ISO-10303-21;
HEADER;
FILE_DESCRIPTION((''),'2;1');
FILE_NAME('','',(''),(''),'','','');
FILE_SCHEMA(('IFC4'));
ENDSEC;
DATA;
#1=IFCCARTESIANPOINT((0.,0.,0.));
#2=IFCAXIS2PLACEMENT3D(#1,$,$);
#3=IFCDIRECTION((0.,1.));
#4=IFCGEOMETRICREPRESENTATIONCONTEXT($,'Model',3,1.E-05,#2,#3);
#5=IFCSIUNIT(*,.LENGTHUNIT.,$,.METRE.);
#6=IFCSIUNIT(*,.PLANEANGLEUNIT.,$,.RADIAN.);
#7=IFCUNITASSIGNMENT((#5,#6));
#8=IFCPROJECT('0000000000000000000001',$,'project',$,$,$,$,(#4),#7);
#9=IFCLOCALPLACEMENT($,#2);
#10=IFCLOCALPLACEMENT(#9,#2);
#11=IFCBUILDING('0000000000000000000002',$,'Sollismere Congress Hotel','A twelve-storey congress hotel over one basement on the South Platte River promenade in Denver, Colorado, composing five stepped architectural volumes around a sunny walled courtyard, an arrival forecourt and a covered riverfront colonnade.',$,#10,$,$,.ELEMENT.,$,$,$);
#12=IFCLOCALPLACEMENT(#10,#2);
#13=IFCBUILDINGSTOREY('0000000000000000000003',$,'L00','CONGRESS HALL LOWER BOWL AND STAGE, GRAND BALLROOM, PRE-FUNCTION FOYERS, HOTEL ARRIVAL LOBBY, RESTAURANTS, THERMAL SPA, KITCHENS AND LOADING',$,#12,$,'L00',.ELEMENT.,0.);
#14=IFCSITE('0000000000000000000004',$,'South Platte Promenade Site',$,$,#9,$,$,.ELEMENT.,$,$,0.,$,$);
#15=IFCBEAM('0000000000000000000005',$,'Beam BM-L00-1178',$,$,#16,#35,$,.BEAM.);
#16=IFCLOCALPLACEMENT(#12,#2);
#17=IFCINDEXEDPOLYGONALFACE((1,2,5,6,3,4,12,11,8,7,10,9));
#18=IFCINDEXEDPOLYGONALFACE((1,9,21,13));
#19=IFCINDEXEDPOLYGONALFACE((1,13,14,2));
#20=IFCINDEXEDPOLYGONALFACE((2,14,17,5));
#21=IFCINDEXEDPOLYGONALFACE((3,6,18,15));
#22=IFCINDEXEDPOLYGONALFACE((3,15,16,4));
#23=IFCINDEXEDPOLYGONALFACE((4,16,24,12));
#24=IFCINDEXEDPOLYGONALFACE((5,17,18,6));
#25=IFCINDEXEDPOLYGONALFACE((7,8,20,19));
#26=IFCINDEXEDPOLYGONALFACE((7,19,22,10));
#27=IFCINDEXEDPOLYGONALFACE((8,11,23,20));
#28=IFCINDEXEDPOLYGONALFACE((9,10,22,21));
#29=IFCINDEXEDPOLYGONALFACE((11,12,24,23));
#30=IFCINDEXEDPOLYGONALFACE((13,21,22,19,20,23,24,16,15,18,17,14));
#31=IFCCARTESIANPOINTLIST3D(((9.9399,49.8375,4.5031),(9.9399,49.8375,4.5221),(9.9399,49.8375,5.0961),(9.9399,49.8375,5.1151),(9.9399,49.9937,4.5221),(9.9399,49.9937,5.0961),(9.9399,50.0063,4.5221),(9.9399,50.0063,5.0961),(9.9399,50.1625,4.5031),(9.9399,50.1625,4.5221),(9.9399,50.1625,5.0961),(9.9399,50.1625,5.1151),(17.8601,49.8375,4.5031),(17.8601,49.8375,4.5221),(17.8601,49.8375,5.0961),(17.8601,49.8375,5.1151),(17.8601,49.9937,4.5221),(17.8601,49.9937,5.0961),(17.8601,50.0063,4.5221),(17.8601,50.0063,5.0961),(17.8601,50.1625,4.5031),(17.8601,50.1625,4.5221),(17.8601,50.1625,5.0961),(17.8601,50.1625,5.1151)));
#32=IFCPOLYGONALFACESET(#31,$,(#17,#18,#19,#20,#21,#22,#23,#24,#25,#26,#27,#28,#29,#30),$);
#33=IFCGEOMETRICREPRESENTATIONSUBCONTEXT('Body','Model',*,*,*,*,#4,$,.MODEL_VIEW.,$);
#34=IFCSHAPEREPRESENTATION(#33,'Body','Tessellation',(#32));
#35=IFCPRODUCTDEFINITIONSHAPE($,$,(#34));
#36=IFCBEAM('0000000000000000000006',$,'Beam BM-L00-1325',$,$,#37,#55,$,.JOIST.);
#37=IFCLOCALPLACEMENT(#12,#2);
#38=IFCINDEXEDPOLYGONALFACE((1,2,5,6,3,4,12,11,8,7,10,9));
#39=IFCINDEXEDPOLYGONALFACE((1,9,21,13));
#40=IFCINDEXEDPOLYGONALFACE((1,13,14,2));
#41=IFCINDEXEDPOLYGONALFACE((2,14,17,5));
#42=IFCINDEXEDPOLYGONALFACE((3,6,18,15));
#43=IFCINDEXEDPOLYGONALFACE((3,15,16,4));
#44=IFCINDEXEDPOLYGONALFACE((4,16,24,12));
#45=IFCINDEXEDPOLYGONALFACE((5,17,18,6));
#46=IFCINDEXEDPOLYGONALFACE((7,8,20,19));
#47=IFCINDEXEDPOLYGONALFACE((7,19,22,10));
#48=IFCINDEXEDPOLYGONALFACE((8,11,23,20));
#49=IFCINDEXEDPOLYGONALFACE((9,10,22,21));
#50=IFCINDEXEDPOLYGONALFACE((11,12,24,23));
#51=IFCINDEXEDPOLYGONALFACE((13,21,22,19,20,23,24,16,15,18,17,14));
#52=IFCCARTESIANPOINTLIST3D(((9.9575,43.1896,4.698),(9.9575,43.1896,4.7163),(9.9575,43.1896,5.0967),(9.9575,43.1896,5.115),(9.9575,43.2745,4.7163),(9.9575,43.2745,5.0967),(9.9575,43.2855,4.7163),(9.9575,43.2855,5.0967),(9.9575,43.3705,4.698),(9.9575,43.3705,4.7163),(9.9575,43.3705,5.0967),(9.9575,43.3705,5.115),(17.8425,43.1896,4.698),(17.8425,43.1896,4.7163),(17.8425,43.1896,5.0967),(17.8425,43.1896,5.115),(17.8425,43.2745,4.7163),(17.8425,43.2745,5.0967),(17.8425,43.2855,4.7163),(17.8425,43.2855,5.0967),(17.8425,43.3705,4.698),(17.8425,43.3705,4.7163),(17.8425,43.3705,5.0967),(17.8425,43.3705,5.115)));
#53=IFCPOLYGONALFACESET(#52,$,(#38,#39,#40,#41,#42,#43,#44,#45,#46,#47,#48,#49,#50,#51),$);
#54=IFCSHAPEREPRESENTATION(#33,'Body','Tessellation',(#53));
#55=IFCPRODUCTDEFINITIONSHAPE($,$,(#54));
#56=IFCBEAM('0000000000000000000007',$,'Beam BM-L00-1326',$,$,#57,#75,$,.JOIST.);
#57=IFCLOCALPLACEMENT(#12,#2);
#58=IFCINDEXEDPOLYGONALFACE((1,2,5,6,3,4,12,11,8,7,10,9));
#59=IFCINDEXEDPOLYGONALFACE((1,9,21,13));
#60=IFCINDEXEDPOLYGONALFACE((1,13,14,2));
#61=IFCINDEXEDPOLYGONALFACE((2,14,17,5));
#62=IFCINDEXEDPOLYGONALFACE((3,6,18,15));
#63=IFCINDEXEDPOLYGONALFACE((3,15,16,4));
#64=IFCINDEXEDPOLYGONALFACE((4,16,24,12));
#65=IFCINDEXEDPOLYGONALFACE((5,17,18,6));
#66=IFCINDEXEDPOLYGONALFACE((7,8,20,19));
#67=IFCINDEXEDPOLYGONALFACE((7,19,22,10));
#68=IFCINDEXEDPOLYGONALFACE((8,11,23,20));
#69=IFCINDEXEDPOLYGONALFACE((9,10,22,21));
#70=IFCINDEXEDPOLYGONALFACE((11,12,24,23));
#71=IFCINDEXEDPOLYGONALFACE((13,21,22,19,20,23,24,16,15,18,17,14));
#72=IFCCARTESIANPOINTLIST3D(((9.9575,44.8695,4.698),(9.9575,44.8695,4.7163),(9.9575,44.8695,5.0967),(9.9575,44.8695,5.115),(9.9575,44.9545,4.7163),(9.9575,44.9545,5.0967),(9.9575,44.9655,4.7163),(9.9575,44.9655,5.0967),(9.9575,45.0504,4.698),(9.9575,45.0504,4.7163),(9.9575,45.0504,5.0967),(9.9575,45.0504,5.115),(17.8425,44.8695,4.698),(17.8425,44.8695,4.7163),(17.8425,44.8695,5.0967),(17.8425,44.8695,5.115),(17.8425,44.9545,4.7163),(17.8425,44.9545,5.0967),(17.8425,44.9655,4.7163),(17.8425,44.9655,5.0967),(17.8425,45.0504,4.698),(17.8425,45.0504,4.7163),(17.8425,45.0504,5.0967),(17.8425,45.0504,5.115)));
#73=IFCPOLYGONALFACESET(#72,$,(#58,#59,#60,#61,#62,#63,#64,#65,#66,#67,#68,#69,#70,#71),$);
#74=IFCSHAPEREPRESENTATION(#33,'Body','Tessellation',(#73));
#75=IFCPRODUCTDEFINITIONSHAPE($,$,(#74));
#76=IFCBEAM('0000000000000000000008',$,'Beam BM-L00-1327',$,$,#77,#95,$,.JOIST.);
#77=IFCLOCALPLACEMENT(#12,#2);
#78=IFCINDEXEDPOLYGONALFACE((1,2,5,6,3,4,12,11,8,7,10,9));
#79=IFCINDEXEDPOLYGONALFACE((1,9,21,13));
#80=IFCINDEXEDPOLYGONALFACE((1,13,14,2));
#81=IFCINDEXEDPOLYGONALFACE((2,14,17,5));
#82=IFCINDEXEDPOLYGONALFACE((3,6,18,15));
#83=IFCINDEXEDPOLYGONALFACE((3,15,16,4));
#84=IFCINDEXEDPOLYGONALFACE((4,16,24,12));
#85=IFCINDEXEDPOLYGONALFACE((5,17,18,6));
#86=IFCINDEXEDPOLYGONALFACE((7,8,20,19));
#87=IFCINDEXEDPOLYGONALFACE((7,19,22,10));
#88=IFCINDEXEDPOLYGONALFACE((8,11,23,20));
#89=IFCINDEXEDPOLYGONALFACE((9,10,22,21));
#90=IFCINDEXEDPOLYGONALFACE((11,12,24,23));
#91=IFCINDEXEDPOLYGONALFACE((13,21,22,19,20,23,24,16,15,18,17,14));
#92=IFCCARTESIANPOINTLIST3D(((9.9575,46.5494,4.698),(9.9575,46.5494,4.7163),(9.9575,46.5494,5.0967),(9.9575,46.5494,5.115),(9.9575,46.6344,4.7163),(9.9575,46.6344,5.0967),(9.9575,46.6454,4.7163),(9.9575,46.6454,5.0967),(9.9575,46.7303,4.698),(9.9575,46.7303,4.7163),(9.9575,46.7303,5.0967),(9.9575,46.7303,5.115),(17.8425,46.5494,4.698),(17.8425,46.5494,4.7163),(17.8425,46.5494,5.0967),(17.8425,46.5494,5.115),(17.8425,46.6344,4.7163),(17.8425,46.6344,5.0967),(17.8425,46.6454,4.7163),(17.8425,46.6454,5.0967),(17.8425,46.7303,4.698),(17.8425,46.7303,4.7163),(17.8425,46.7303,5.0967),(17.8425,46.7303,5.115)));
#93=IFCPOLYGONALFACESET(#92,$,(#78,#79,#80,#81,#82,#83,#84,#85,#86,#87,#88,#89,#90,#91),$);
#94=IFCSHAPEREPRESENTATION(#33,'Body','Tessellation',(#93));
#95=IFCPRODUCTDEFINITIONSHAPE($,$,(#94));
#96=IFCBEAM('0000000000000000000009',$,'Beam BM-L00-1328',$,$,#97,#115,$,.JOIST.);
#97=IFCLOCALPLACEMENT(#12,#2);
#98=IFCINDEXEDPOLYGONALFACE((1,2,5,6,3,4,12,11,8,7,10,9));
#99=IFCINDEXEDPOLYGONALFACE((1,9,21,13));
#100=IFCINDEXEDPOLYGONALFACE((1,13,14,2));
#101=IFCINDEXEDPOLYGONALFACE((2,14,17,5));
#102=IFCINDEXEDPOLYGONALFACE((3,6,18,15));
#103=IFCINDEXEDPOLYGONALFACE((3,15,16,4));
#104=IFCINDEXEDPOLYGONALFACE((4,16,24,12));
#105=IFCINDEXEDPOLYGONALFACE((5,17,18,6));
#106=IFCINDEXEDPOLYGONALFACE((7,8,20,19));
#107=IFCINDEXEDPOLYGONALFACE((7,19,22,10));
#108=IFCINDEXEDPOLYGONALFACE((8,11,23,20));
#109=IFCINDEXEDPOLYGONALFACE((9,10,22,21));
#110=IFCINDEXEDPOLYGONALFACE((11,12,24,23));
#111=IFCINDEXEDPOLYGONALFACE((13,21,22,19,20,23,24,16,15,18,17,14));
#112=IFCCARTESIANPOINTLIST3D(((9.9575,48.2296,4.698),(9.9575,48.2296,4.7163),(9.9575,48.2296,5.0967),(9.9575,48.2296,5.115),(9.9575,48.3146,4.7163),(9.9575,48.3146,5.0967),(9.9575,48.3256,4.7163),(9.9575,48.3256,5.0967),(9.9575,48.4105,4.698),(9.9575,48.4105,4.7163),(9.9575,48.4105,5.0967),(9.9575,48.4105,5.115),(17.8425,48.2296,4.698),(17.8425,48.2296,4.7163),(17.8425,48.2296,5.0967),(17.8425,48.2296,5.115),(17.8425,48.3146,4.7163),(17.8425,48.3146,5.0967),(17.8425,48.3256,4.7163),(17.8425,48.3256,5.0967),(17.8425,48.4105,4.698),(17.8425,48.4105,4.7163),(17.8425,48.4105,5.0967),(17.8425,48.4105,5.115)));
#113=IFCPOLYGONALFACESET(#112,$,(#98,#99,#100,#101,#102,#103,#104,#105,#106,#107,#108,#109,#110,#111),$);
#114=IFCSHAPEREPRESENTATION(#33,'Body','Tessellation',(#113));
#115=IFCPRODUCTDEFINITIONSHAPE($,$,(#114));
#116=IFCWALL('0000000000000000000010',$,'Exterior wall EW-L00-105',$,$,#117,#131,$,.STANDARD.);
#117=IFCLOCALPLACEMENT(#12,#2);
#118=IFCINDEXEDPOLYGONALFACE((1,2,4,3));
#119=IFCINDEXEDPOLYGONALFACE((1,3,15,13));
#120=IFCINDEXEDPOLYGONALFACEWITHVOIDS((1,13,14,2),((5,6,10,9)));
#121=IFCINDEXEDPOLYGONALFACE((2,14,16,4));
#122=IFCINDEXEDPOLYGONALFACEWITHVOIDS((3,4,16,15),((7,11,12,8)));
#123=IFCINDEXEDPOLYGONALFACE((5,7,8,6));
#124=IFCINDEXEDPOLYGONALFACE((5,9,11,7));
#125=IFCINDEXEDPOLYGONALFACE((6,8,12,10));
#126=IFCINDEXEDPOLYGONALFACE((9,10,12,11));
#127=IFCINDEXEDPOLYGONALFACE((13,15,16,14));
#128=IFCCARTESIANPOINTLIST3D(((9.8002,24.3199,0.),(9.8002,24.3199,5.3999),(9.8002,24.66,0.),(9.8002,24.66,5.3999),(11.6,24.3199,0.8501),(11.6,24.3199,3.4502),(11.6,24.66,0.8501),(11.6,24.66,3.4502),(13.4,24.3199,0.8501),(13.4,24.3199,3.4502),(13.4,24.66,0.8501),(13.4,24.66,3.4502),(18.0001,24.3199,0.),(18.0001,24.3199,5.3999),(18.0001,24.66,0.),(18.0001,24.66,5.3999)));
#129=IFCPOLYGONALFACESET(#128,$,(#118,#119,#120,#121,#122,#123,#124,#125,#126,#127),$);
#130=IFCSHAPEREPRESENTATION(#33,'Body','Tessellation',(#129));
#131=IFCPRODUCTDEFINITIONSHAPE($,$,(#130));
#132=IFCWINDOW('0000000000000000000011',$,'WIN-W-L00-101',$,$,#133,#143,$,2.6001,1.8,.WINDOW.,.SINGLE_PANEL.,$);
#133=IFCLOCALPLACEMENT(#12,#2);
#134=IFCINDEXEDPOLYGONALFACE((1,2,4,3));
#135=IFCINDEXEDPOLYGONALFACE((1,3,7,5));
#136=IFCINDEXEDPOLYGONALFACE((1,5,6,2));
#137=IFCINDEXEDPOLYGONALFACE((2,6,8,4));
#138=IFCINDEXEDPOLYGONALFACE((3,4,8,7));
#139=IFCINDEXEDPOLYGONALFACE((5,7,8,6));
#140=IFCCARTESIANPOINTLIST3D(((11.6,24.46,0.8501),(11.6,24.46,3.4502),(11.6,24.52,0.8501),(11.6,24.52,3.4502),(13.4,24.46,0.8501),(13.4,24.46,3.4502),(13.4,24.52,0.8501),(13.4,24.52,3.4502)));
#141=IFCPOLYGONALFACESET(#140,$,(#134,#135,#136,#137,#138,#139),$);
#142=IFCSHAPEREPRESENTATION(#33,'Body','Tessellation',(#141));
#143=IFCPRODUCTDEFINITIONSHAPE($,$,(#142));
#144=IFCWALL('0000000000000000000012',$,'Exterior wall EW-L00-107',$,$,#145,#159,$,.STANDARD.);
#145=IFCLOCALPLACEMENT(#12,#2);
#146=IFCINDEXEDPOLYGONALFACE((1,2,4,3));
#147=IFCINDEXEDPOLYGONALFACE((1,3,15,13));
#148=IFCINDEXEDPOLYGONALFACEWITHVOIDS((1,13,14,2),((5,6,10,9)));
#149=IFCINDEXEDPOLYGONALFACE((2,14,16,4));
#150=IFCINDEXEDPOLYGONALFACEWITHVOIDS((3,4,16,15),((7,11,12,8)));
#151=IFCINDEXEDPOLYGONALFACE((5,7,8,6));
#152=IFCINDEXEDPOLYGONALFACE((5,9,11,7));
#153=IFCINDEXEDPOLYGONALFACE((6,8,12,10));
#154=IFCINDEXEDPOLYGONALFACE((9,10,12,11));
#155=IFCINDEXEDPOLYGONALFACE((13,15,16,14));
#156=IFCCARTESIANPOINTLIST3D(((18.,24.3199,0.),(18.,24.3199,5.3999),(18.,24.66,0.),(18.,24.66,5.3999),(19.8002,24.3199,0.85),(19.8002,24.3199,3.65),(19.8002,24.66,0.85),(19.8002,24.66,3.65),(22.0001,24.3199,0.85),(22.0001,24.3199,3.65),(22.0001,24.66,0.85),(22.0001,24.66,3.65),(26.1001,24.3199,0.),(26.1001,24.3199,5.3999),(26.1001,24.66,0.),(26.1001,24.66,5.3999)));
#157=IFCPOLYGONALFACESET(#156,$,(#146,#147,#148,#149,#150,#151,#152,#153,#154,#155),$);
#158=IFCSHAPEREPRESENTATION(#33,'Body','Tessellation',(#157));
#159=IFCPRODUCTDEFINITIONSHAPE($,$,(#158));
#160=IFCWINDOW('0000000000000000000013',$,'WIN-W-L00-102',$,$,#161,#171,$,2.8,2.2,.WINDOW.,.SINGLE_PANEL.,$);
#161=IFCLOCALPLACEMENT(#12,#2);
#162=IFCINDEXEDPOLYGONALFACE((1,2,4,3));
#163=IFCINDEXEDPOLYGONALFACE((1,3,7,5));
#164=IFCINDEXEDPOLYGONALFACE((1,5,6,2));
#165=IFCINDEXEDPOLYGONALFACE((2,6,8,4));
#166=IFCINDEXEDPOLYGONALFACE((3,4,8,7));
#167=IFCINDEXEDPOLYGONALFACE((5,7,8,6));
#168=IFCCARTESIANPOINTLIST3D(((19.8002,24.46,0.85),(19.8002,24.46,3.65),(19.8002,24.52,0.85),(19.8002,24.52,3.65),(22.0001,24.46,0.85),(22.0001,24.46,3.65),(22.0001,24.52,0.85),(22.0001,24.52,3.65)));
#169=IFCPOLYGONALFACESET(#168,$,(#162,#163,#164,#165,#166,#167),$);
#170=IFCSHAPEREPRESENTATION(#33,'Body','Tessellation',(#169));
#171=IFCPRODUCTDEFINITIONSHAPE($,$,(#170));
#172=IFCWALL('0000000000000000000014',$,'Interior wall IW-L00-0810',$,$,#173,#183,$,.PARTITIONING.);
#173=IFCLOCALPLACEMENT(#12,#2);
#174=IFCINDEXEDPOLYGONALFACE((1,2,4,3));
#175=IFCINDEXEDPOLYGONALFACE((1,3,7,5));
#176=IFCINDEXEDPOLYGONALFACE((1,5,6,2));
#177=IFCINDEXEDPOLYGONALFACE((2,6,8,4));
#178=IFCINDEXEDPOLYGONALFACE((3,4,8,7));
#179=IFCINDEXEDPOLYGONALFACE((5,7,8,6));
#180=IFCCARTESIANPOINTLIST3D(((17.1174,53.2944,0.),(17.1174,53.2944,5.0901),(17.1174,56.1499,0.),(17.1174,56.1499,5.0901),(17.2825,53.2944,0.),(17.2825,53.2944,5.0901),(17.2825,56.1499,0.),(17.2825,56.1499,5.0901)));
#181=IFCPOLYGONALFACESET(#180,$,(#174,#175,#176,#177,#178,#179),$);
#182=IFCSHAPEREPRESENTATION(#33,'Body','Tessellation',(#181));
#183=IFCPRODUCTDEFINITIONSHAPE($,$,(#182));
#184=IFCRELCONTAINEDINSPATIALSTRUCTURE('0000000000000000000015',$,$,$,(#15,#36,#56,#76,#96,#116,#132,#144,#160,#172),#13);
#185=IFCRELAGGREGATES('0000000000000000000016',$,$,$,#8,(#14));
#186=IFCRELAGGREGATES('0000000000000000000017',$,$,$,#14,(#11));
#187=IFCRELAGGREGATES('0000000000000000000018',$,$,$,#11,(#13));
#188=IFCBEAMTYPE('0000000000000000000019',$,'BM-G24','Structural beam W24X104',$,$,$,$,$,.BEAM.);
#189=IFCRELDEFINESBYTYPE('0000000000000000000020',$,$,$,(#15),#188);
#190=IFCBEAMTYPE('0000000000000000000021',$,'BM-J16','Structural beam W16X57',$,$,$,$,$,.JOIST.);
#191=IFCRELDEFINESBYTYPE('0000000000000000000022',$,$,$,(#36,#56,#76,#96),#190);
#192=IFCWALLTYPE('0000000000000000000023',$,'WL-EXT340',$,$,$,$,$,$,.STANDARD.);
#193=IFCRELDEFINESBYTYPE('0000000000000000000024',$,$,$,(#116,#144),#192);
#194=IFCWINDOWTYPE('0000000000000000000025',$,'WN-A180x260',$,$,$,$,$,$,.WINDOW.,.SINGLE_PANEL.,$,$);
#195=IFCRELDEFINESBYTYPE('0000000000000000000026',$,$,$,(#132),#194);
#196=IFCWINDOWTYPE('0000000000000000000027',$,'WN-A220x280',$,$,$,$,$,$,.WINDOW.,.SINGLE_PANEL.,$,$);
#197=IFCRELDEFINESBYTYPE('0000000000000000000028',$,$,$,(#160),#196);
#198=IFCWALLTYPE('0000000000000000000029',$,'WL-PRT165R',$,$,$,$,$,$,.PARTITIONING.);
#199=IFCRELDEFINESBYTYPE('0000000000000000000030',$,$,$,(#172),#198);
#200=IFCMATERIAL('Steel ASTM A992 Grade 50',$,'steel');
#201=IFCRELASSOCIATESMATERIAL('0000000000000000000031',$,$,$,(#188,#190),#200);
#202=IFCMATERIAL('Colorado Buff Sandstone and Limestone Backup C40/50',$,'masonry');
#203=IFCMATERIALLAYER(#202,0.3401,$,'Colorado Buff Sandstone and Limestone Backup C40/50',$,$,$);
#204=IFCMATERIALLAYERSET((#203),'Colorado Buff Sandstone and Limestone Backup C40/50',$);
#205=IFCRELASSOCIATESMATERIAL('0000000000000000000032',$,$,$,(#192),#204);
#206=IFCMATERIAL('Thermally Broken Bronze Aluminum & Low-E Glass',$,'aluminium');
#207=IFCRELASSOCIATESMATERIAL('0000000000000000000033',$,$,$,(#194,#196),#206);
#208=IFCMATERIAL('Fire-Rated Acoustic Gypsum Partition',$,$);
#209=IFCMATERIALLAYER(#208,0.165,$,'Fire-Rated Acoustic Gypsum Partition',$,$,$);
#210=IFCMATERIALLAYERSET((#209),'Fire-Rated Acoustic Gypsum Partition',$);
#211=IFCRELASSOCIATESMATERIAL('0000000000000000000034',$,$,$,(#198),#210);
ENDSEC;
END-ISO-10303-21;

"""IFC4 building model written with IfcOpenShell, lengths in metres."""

from ifc_helpers import new_model, si_unit, direction, frame, frame_2d, origin, origin_2d, place, context, subcontext, project, spatial, rectangle, i_section, extrude, material, layer, layer_set, material_profile, profile_set, type_object, element, fill, save


model = new_model("IFC4")

# Units and contexts
model_context = context("Model", 3, precision=1e-05, world=origin(), true_north=direction((0.0, 1.0)))
body_context = subcontext(model_context, "Body", "Model", "MODEL_VIEW")
ifc_project = project(units=[si_unit("LENGTHUNIT", "METRE"), si_unit("PLANEANGLEUNIT", "RADIAN")], contexts=[model_context])

# Site, building, storey
site_placement = place(None, origin())
site = spatial("IfcSite", under=ifc_project, at=site_placement, Name="South Platte Promenade Site", CompositionType="ELEMENT", RefElevation=0.0)
building_placement = place(site_placement, origin())
building = spatial("IfcBuilding", under=site, at=building_placement, Name="Sollismere Congress Hotel", Description="A twelve-storey congress hotel over one basement on the South Platte River promenade in Denver, Colorado, composing five stepped architectural volumes around a sunny walled courtyard, an arrival forecourt and a covered riverfront colonnade.", CompositionType="ELEMENT")
storey_placement = place(building_placement, origin())
storey = spatial("IfcBuildingStorey", under=building, at=storey_placement, Name="L00", Description="CONGRESS HALL LOWER BOWL AND STAGE, GRAND BALLROOM, PRE-FUNCTION FOYERS, HOTEL ARRIVAL LOBBY, RESTAURANTS, THERMAL SPA, KITCHENS AND LOADING", LongName="L00", CompositionType="ELEMENT", Elevation=0.0)

# Shared definitions
ifc_material_1 = material(Name="Steel ASTM A992 Grade 50", Category="steel")

# Beams
ifc_material_profile_1 = material_profile(ifc_material_1, i_section(OverallWidth=0.325, OverallDepth=0.6121, WebThickness=0.0127, FlangeThickness=0.019, at=origin_2d()), Name="W24X104")
ifc_profile_set_1 = profile_set([ifc_material_profile_1], Name="Steel ASTM A992 Grade 50")
beam_type_1 = type_object("IfcBeamType", Name="BM-G24", Description="Structural beam W24X104", PredefinedType="BEAM", material=ifc_profile_set_1)
for number, where, z_axis, x_axis, name in (
    (1, (9.9399, 50.0, 4.8091), (1.0, 0.0, 0.0), (0.0, 1.0, 0.0), "Beam BM-L00-1178"),
):
    element("IfcBeam", number, at=place(storey_placement, frame(where, z_axis=z_axis, x_axis=x_axis)), inside=storey, type_object=beam_type_1, Name=name, PredefinedType="BEAM", context=body_context, shape_type="SweptSolid", body=[
        extrude(i_section(OverallWidth=0.325, OverallDepth=0.6121, WebThickness=0.0127, FlangeThickness=0.019, at=origin_2d()), origin(), (0.0, 0.0, 1.0), 7.9202),
    ])
ifc_material_profile_2 = material_profile(ifc_material_1, i_section(OverallWidth=0.1809, OverallDepth=0.417, WebThickness=0.011, FlangeThickness=0.0183, at=origin_2d()), Name="W16X57")
ifc_profile_set_2 = profile_set([ifc_material_profile_2], Name="Steel ASTM A992 Grade 50")
beam_type_2 = type_object("IfcBeamType", Name="BM-J16", Description="Structural beam W16X57", PredefinedType="JOIST", material=ifc_profile_set_2)
for number, where, z_axis, x_axis, name in (
    (2, (9.9575, 43.28, 4.9065), (1.0, 0.0, 0.0), (0.0, 1.0, 0.0), "Beam BM-L00-1325"),
    (3, (9.9575, 44.96, 4.9065), (1.0, 0.0, 0.0), (0.0, 1.0, 0.0), "Beam BM-L00-1326"),
    (4, (9.9575, 46.6399, 4.9065), (1.0, 0.0, 0.0), (0.0, 1.0, 0.0), "Beam BM-L00-1327"),
    (5, (9.9575, 48.3201, 4.9065), (1.0, 0.0, 0.0), (0.0, 1.0, 0.0), "Beam BM-L00-1328"),
):
    element("IfcBeam", number, at=place(storey_placement, frame(where, z_axis=z_axis, x_axis=x_axis)), inside=storey, type_object=beam_type_2, Name=name, PredefinedType="JOIST", context=body_context, shape_type="SweptSolid", body=[
        extrude(i_section(OverallWidth=0.1809, OverallDepth=0.417, WebThickness=0.011, FlangeThickness=0.0183, at=origin_2d()), origin(), (0.0, 0.0, 1.0), 7.885),
    ])

# Walls, openings, windows
ifc_material_2 = material(Name="Colorado Buff Sandstone and Limestone Backup C40/50", Category="masonry")
ifc_layer_1 = layer(ifc_material_2, 0.3401, Name="Colorado Buff Sandstone and Limestone Backup C40/50")
ifc_layer_set_1 = layer_set([ifc_layer_1], Name="Colorado Buff Sandstone and Limestone Backup C40/50")
wall_type_1 = type_object("IfcWallType", Name="WL-EXT340", PredefinedType="STANDARD", material=ifc_layer_set_1)
wall_1_placement = place(storey_placement, frame((9.8, 24.49, 0.0), z_axis=(0.0, 0.0, 1.0), x_axis=(1.0, 0.0, 0.0)))
wall_1 = element("IfcWall", 6, at=wall_1_placement, inside=storey, type_object=wall_type_1, Name="Exterior wall EW-L00-105", PredefinedType="STANDARD", context=body_context, shape_type="SweptSolid", body=[
    extrude(rectangle(XDim=8.2, YDim=0.3401, at=frame_2d((4.1001, 0.0))), origin(), (0.0, 0.0, 1.0), 5.3999),
])
opening_1_placement = place(wall_1_placement, frame((1.8, 0.0, 0.8501)))
opening_1 = element("IfcOpeningElement", 7, at=opening_1_placement, cuts=wall_1, PredefinedType="OPENING", context=body_context, shape_type="SweptSolid", body=[
    extrude(rectangle(XDim=1.8, YDim=2.6001, at=frame_2d((0.8999, 1.3))), frame((0.0, 0.1799, 0.0), z_axis=(0.0, -1.0, 0.0), x_axis=(1.0, 0.0, 0.0)), (0.0, 0.0, 1.0), 0.3601),
])
ifc_material_3 = material(Name="Thermally Broken Bronze Aluminum & Low-E Glass", Category="aluminium")
window_type_1 = type_object("IfcWindowType", Name="WN-A180x260", PartitioningType="SINGLE_PANEL", PredefinedType="WINDOW", material=ifc_material_3)
window_1_placement = place(opening_1_placement, origin())
window_1 = element("IfcWindow", 8, at=window_1_placement, inside=storey, type_object=window_type_1, Name="WIN-W-L00-101", OverallHeight=2.6001, OverallWidth=1.8, PartitioningType="SINGLE_PANEL", PredefinedType="WINDOW", context=body_context, shape_type="SweptSolid", body=[
    extrude(rectangle(XDim=1.8, YDim=2.6001, at=frame_2d((0.8999, 1.3))), frame((0.0, 0.03, 0.0), z_axis=(0.0, -1.0, 0.0), x_axis=(1.0, 0.0, 0.0)), (0.0, 0.0, 1.0), 0.0601),
])
fill(opening_1, window_1)
wall_2_placement = place(storey_placement, frame((18.0, 24.49, 0.0), z_axis=(0.0, 0.0, 1.0), x_axis=(1.0, 0.0, 0.0)))
wall_2 = element("IfcWall", 9, at=wall_2_placement, inside=storey, type_object=wall_type_1, Name="Exterior wall EW-L00-107", PredefinedType="STANDARD", context=body_context, shape_type="SweptSolid", body=[
    extrude(rectangle(XDim=8.1001, YDim=0.3401, at=frame_2d((4.05, 0.0))), origin(), (0.0, 0.0, 1.0), 5.3999),
])
opening_2_placement = place(wall_2_placement, frame((1.8, 0.0, 0.8501)))
opening_2 = element("IfcOpeningElement", 10, at=opening_2_placement, cuts=wall_2, PredefinedType="OPENING", context=body_context, shape_type="SweptSolid", body=[
    extrude(rectangle(XDim=2.2, YDim=2.8, at=frame_2d((1.1001, 1.3999))), frame((0.0, 0.1799, 0.0), z_axis=(0.0, -1.0, 0.0), x_axis=(1.0, 0.0, 0.0)), (0.0, 0.0, 1.0), 0.3601),
])
window_type_2 = type_object("IfcWindowType", Name="WN-A220x280", PartitioningType="SINGLE_PANEL", PredefinedType="WINDOW", material=ifc_material_3)
window_2_placement = place(opening_2_placement, origin())
window_2 = element("IfcWindow", 11, at=window_2_placement, inside=storey, type_object=window_type_2, Name="WIN-W-L00-102", OverallHeight=2.8, OverallWidth=2.2, PartitioningType="SINGLE_PANEL", PredefinedType="WINDOW", context=body_context, shape_type="SweptSolid", body=[
    extrude(rectangle(XDim=2.2, YDim=2.8, at=frame_2d((1.1001, 1.3999))), frame((0.0, 0.03, 0.0), z_axis=(0.0, -1.0, 0.0), x_axis=(1.0, 0.0, 0.0)), (0.0, 0.0, 1.0), 0.0601),
])
fill(opening_2, window_2)

# Wall
ifc_material_4 = material(Name="Fire-Rated Acoustic Gypsum Partition")
ifc_layer_2 = layer(ifc_material_4, 0.165, Name="Fire-Rated Acoustic Gypsum Partition")
ifc_layer_set_2 = layer_set([ifc_layer_2], Name="Fire-Rated Acoustic Gypsum Partition")
wall_type_2 = type_object("IfcWallType", Name="WL-PRT165R", PredefinedType="PARTITIONING", material=ifc_layer_set_2)
wall_3_placement = place(storey_placement, frame((17.2, 53.2944, 0.0), z_axis=(0.0, 0.0, 1.0), x_axis=(0.0, 1.0, 0.0)))
element("IfcWall", 12, at=wall_3_placement, inside=storey, type_object=wall_type_2, Name="Interior wall IW-L00-0810", PredefinedType="PARTITIONING", context=body_context, shape_type="SweptSolid", body=[
    extrude(rectangle(XDim=2.8555, YDim=0.165, at=frame_2d((1.4277, 0.0))), origin(), (0.0, 0.0, 1.0), 5.0901),
])

save(model, "model.ifc")
